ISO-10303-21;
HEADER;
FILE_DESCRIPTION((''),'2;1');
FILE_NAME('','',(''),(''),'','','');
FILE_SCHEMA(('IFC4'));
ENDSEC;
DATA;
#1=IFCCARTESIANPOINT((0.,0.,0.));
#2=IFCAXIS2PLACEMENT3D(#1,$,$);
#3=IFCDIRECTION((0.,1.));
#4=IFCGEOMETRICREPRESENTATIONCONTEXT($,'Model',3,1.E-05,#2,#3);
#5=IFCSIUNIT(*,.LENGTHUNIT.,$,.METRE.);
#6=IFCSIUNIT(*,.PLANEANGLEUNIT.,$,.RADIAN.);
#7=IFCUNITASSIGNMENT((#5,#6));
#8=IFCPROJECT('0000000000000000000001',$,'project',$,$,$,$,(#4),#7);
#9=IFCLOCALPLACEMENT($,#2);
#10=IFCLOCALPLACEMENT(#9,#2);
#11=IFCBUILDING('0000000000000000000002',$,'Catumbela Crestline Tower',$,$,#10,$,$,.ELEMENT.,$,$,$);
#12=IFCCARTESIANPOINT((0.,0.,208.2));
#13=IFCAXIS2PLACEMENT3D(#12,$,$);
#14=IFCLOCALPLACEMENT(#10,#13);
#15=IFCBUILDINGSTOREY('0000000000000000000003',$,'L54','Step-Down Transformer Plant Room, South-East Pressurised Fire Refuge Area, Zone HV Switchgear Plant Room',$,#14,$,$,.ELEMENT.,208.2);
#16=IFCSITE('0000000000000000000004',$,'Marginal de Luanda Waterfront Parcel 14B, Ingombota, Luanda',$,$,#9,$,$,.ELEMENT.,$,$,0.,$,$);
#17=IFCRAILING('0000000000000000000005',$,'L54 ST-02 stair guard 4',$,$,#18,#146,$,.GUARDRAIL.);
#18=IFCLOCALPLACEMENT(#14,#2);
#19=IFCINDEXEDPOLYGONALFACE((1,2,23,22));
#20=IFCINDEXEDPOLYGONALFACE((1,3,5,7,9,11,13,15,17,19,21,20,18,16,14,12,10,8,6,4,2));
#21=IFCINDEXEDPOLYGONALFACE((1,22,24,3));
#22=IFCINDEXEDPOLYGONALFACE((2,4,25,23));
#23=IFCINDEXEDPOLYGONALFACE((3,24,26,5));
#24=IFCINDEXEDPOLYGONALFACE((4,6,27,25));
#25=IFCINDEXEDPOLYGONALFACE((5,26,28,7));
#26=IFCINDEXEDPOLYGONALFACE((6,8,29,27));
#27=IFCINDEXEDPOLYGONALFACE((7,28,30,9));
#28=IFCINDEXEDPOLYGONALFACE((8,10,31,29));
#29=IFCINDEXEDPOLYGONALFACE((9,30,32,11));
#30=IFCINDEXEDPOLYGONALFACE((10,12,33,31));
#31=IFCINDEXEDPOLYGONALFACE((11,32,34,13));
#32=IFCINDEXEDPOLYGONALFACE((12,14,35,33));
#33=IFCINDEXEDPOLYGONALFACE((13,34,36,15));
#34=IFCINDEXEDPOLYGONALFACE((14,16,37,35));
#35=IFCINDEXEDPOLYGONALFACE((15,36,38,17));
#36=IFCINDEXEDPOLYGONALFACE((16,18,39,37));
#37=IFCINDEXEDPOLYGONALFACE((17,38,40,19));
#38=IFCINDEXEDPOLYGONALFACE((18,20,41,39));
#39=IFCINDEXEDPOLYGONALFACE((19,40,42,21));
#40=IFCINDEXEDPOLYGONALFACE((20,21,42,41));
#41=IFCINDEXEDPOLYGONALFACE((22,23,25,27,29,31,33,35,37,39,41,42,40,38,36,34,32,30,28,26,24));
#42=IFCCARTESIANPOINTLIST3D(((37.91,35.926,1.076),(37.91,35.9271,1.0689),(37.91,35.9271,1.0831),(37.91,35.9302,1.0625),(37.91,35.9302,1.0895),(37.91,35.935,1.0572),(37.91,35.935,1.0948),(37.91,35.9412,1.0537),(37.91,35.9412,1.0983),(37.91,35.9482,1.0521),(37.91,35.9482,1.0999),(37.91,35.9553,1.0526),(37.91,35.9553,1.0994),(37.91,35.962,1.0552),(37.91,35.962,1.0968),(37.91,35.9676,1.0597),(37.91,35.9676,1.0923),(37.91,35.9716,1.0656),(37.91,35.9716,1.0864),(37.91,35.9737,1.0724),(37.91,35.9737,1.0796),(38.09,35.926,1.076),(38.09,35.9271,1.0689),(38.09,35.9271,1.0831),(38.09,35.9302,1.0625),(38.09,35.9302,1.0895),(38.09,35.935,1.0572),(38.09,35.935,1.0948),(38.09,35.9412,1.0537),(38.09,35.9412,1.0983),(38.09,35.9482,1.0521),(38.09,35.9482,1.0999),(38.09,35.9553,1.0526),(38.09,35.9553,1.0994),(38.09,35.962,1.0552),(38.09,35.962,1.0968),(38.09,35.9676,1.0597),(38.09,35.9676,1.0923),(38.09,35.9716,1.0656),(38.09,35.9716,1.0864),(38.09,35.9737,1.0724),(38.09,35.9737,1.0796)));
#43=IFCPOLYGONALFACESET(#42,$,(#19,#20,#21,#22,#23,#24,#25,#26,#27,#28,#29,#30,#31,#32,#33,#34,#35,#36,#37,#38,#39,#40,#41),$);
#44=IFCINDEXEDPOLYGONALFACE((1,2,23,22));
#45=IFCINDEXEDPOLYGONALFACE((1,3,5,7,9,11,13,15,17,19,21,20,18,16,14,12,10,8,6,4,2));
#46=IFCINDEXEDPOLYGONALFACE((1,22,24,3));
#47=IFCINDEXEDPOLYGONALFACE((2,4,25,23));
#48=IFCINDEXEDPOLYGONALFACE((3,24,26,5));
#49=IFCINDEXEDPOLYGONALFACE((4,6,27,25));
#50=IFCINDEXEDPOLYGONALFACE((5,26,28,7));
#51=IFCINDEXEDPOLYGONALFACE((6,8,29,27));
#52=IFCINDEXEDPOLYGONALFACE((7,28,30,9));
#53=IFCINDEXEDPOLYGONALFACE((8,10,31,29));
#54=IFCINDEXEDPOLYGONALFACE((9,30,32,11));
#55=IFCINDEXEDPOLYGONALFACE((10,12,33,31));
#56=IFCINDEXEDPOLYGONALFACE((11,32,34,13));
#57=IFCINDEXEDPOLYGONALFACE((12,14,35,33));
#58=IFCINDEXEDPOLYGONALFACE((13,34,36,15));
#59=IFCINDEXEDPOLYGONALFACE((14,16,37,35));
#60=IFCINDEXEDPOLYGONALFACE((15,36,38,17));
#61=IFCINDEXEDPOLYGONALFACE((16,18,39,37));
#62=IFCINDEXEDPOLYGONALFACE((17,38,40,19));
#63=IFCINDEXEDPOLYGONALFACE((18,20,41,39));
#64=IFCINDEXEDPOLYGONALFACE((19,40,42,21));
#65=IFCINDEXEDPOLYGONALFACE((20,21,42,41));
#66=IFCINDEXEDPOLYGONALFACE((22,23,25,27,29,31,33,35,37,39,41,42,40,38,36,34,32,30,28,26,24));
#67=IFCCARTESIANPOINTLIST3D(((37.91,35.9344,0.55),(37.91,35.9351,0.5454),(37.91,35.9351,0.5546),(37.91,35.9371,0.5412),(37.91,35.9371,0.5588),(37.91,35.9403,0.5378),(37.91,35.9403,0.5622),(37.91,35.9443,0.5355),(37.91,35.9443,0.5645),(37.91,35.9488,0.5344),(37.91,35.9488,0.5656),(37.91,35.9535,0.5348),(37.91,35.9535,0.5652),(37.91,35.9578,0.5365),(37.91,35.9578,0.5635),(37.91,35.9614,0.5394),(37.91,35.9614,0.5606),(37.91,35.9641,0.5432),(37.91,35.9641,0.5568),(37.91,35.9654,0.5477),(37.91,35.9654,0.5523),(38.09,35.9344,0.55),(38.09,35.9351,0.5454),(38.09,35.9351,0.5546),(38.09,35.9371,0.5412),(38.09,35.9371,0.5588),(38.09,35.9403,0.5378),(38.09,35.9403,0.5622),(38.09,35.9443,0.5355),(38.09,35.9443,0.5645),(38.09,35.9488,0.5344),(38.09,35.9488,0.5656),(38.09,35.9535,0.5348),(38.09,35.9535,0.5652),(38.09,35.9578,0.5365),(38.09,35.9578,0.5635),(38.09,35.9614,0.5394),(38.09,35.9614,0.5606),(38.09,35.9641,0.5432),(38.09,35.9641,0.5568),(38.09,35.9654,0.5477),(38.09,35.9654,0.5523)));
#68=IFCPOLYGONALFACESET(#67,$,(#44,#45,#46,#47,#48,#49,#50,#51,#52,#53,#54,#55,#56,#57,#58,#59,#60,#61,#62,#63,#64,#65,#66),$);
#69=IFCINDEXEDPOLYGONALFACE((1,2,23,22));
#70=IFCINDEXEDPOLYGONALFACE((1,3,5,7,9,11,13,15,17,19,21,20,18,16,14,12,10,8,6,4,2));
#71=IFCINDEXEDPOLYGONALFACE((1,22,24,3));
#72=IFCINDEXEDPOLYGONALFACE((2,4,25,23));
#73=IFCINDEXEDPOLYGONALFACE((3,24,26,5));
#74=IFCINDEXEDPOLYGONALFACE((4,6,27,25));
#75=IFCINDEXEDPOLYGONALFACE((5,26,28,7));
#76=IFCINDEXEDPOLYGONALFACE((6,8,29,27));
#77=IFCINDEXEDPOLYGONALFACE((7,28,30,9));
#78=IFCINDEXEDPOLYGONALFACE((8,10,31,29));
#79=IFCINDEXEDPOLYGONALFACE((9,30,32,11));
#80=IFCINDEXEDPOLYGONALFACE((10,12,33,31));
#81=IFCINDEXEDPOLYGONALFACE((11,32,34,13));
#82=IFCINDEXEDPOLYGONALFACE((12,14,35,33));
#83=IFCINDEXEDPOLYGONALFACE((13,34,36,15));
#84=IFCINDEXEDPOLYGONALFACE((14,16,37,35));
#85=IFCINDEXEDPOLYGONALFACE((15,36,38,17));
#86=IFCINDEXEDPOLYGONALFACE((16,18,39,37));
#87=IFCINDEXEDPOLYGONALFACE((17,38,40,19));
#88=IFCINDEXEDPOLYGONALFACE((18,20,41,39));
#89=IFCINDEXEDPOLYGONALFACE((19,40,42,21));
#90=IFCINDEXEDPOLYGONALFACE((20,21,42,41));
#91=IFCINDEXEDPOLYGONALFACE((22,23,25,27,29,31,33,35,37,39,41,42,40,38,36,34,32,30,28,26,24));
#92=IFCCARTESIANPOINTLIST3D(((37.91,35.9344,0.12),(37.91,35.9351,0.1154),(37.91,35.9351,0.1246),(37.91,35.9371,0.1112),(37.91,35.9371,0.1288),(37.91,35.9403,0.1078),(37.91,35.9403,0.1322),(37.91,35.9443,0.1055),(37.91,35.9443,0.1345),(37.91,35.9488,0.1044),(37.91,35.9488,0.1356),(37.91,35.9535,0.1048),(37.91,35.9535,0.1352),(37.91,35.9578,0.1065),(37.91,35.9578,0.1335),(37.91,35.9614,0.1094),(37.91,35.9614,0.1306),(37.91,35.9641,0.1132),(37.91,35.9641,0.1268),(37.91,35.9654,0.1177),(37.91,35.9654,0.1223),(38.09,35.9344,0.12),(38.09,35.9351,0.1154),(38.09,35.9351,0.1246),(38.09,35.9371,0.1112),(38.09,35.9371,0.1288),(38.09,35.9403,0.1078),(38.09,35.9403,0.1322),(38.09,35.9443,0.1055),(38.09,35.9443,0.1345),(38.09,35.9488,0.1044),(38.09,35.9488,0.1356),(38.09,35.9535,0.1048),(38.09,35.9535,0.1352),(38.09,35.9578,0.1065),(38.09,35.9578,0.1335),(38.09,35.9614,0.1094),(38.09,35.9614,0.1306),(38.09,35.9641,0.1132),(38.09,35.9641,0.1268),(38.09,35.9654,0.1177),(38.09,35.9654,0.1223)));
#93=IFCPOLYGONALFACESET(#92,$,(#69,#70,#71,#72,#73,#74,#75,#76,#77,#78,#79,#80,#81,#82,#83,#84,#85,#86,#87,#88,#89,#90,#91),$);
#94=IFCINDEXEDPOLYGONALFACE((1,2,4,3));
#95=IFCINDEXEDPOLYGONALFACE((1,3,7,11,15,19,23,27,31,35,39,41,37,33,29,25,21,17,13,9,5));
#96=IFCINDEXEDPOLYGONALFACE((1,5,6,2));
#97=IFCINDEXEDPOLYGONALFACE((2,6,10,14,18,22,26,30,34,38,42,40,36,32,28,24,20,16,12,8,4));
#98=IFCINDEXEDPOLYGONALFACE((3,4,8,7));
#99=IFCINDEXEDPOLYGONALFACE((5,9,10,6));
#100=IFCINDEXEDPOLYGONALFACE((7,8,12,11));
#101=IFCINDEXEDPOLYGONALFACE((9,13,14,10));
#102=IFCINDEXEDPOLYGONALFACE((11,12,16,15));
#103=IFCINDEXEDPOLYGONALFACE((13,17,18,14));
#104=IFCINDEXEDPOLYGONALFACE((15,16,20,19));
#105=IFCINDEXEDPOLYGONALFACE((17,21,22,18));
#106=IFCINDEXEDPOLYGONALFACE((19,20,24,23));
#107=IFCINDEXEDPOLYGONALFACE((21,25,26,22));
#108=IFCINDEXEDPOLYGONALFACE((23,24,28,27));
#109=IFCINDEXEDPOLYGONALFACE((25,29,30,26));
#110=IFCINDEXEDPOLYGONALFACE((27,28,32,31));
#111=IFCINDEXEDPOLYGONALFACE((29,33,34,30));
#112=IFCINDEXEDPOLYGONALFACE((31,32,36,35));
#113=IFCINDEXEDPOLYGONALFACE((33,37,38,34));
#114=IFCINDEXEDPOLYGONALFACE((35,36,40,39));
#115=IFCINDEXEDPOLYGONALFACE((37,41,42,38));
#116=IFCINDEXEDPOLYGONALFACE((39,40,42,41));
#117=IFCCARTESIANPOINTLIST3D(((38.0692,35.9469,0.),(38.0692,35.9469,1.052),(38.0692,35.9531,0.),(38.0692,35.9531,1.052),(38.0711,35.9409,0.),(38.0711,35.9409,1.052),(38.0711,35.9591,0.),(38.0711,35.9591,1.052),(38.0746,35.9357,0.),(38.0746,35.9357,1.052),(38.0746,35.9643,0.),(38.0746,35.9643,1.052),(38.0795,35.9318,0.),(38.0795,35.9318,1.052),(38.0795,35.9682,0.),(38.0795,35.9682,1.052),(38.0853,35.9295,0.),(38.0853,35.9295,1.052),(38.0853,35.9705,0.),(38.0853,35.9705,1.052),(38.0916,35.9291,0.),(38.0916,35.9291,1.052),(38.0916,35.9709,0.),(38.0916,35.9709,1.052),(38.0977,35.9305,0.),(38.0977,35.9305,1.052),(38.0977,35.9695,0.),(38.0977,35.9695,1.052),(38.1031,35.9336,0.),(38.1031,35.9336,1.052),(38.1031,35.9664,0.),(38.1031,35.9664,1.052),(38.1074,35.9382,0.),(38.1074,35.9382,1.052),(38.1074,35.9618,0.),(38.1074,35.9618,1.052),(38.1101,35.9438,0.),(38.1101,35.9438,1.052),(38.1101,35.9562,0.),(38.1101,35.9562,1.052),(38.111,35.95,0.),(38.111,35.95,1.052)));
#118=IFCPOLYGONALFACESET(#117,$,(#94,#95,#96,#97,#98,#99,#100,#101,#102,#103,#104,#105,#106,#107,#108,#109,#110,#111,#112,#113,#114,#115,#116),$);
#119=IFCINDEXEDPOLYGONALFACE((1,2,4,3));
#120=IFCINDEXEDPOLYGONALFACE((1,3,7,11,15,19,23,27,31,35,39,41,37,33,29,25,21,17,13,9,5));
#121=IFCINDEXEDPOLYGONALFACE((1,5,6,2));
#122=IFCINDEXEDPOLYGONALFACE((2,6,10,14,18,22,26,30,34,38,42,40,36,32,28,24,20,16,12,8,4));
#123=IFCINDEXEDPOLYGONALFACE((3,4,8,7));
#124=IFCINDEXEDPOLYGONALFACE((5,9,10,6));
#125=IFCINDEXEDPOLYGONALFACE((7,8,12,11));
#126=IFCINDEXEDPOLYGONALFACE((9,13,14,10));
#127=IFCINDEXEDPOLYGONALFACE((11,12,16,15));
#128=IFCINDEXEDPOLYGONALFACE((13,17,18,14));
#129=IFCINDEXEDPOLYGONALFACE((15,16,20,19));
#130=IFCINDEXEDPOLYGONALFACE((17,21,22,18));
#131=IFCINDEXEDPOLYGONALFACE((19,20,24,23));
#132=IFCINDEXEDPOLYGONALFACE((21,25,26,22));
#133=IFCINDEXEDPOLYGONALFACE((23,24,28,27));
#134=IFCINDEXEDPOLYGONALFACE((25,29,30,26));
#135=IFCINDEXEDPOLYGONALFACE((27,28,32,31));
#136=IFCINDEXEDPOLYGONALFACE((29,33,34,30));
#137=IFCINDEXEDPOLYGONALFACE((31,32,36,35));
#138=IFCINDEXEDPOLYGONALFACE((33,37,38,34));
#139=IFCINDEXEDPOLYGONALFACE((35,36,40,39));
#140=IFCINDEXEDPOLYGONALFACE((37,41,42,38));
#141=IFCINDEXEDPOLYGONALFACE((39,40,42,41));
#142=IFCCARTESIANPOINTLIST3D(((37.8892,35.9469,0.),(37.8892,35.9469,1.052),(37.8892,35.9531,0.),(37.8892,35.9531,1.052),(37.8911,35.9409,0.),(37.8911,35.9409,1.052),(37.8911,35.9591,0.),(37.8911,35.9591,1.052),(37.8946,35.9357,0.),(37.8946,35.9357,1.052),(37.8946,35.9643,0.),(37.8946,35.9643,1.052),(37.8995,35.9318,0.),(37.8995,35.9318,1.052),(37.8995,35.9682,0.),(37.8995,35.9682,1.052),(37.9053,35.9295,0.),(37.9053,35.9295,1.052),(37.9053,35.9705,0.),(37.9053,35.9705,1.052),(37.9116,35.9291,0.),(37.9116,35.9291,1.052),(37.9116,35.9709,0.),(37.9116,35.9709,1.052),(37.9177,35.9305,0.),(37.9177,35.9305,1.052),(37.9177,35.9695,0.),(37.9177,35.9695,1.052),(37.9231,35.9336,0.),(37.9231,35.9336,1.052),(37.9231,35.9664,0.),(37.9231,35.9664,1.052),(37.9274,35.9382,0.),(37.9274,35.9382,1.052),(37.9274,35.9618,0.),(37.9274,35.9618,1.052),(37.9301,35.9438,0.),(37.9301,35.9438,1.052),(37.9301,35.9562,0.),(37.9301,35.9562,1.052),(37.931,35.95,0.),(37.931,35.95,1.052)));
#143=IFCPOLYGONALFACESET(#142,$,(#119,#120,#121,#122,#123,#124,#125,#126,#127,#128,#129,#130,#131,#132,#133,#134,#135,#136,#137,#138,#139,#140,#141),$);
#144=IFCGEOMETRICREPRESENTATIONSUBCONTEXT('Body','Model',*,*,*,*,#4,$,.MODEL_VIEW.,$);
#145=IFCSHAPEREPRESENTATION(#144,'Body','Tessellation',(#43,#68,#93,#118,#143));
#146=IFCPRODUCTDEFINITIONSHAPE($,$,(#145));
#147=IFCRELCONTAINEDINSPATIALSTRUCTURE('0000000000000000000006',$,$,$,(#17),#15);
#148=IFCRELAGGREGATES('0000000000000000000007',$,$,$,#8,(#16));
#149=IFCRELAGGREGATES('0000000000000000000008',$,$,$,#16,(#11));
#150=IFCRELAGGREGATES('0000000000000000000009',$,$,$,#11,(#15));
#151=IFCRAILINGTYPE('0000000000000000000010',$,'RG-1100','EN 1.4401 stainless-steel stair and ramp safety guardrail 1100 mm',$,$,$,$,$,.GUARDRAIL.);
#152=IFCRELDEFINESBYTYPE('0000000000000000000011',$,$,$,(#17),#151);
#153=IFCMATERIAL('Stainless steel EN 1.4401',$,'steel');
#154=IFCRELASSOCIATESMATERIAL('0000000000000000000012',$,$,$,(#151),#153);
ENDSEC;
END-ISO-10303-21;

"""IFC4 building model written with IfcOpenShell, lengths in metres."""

from ifc_helpers import new_model, si_unit, direction, frame, origin, origin_2d, place, context, subcontext, project, spatial, circle, extrude, material, type_object, element, save


model = new_model("IFC4")

# Units and contexts
model_context = context("Model", 3, precision=1e-05, world=origin(), true_north=direction((0.0, 1.0)))
body_context = subcontext(model_context, "Body", "Model", "MODEL_VIEW")
ifc_project = project(units=[si_unit("LENGTHUNIT", "METRE"), si_unit("PLANEANGLEUNIT", "RADIAN")], contexts=[model_context])

# Site, building, storey
site_placement = place(None, origin())
site = spatial("IfcSite", under=ifc_project, at=site_placement, Name="Marginal de Luanda Waterfront Parcel 14B, Ingombota, Luanda", CompositionType="ELEMENT", RefElevation=0.0)
building_placement = place(site_placement, origin())
building = spatial("IfcBuilding", under=site, at=building_placement, Name="Catumbela Crestline Tower", CompositionType="ELEMENT")
storey_placement = place(building_placement, frame((0.0, 0.0, 208.2)))
storey = spatial("IfcBuildingStorey", under=building, at=storey_placement, Name="L54", Description="Step-Down Transformer Plant Room, South-East Pressurised Fire Refuge Area, Zone HV Switchgear Plant Room", CompositionType="ELEMENT", Elevation=208.2)

# Shared definitions
ifc_material_1 = material(Name="Stainless steel EN 1.4401", Category="steel")

# Railing
railing_type_1 = type_object("IfcRailingType", Name="RG-1100", Description="EN 1.4401 stainless-steel stair and ramp safety guardrail 1100 mm", PredefinedType="GUARDRAIL", material=ifc_material_1)
railing_1_placement = place(storey_placement, frame((38.09, 35.95, 0.0)))
element("IfcRailing", 1, at=railing_1_placement, inside=storey, type_object=railing_type_1, Name="L54 ST-02 stair guard 4", PredefinedType="GUARDRAIL", context=body_context, shape_type="SweptSolid", body=[
    extrude(circle(Radius=0.024, at=origin_2d()), frame((0.0, 0.0, 1.076), z_axis=(-1.0, 0.0, 0.0), x_axis=(0.0, -1.0, 0.0)), (0.0, 0.0, 1.0), 0.18),
    extrude(circle(Radius=0.0156, at=origin_2d()), frame((0.0, 0.0, 0.55), z_axis=(-1.0, 0.0, 0.0), x_axis=(0.0, -1.0, 0.0)), (0.0, 0.0, 1.0), 0.18),
    extrude(circle(Radius=0.0156, at=origin_2d()), frame((0.0, 0.0, 0.12), z_axis=(-1.0, 0.0, 0.0), x_axis=(0.0, -1.0, 0.0)), (0.0, 0.0, 1.0), 0.18),
    extrude(circle(Radius=0.021, at=origin_2d()), origin(), (0.0, 0.0, 1.0), 1.052),
    extrude(circle(Radius=0.021, at=origin_2d()), frame((-0.18, 0.0, 0.0)), (0.0, 0.0, 1.0), 1.052),
])

save(model, "model.ifc")
